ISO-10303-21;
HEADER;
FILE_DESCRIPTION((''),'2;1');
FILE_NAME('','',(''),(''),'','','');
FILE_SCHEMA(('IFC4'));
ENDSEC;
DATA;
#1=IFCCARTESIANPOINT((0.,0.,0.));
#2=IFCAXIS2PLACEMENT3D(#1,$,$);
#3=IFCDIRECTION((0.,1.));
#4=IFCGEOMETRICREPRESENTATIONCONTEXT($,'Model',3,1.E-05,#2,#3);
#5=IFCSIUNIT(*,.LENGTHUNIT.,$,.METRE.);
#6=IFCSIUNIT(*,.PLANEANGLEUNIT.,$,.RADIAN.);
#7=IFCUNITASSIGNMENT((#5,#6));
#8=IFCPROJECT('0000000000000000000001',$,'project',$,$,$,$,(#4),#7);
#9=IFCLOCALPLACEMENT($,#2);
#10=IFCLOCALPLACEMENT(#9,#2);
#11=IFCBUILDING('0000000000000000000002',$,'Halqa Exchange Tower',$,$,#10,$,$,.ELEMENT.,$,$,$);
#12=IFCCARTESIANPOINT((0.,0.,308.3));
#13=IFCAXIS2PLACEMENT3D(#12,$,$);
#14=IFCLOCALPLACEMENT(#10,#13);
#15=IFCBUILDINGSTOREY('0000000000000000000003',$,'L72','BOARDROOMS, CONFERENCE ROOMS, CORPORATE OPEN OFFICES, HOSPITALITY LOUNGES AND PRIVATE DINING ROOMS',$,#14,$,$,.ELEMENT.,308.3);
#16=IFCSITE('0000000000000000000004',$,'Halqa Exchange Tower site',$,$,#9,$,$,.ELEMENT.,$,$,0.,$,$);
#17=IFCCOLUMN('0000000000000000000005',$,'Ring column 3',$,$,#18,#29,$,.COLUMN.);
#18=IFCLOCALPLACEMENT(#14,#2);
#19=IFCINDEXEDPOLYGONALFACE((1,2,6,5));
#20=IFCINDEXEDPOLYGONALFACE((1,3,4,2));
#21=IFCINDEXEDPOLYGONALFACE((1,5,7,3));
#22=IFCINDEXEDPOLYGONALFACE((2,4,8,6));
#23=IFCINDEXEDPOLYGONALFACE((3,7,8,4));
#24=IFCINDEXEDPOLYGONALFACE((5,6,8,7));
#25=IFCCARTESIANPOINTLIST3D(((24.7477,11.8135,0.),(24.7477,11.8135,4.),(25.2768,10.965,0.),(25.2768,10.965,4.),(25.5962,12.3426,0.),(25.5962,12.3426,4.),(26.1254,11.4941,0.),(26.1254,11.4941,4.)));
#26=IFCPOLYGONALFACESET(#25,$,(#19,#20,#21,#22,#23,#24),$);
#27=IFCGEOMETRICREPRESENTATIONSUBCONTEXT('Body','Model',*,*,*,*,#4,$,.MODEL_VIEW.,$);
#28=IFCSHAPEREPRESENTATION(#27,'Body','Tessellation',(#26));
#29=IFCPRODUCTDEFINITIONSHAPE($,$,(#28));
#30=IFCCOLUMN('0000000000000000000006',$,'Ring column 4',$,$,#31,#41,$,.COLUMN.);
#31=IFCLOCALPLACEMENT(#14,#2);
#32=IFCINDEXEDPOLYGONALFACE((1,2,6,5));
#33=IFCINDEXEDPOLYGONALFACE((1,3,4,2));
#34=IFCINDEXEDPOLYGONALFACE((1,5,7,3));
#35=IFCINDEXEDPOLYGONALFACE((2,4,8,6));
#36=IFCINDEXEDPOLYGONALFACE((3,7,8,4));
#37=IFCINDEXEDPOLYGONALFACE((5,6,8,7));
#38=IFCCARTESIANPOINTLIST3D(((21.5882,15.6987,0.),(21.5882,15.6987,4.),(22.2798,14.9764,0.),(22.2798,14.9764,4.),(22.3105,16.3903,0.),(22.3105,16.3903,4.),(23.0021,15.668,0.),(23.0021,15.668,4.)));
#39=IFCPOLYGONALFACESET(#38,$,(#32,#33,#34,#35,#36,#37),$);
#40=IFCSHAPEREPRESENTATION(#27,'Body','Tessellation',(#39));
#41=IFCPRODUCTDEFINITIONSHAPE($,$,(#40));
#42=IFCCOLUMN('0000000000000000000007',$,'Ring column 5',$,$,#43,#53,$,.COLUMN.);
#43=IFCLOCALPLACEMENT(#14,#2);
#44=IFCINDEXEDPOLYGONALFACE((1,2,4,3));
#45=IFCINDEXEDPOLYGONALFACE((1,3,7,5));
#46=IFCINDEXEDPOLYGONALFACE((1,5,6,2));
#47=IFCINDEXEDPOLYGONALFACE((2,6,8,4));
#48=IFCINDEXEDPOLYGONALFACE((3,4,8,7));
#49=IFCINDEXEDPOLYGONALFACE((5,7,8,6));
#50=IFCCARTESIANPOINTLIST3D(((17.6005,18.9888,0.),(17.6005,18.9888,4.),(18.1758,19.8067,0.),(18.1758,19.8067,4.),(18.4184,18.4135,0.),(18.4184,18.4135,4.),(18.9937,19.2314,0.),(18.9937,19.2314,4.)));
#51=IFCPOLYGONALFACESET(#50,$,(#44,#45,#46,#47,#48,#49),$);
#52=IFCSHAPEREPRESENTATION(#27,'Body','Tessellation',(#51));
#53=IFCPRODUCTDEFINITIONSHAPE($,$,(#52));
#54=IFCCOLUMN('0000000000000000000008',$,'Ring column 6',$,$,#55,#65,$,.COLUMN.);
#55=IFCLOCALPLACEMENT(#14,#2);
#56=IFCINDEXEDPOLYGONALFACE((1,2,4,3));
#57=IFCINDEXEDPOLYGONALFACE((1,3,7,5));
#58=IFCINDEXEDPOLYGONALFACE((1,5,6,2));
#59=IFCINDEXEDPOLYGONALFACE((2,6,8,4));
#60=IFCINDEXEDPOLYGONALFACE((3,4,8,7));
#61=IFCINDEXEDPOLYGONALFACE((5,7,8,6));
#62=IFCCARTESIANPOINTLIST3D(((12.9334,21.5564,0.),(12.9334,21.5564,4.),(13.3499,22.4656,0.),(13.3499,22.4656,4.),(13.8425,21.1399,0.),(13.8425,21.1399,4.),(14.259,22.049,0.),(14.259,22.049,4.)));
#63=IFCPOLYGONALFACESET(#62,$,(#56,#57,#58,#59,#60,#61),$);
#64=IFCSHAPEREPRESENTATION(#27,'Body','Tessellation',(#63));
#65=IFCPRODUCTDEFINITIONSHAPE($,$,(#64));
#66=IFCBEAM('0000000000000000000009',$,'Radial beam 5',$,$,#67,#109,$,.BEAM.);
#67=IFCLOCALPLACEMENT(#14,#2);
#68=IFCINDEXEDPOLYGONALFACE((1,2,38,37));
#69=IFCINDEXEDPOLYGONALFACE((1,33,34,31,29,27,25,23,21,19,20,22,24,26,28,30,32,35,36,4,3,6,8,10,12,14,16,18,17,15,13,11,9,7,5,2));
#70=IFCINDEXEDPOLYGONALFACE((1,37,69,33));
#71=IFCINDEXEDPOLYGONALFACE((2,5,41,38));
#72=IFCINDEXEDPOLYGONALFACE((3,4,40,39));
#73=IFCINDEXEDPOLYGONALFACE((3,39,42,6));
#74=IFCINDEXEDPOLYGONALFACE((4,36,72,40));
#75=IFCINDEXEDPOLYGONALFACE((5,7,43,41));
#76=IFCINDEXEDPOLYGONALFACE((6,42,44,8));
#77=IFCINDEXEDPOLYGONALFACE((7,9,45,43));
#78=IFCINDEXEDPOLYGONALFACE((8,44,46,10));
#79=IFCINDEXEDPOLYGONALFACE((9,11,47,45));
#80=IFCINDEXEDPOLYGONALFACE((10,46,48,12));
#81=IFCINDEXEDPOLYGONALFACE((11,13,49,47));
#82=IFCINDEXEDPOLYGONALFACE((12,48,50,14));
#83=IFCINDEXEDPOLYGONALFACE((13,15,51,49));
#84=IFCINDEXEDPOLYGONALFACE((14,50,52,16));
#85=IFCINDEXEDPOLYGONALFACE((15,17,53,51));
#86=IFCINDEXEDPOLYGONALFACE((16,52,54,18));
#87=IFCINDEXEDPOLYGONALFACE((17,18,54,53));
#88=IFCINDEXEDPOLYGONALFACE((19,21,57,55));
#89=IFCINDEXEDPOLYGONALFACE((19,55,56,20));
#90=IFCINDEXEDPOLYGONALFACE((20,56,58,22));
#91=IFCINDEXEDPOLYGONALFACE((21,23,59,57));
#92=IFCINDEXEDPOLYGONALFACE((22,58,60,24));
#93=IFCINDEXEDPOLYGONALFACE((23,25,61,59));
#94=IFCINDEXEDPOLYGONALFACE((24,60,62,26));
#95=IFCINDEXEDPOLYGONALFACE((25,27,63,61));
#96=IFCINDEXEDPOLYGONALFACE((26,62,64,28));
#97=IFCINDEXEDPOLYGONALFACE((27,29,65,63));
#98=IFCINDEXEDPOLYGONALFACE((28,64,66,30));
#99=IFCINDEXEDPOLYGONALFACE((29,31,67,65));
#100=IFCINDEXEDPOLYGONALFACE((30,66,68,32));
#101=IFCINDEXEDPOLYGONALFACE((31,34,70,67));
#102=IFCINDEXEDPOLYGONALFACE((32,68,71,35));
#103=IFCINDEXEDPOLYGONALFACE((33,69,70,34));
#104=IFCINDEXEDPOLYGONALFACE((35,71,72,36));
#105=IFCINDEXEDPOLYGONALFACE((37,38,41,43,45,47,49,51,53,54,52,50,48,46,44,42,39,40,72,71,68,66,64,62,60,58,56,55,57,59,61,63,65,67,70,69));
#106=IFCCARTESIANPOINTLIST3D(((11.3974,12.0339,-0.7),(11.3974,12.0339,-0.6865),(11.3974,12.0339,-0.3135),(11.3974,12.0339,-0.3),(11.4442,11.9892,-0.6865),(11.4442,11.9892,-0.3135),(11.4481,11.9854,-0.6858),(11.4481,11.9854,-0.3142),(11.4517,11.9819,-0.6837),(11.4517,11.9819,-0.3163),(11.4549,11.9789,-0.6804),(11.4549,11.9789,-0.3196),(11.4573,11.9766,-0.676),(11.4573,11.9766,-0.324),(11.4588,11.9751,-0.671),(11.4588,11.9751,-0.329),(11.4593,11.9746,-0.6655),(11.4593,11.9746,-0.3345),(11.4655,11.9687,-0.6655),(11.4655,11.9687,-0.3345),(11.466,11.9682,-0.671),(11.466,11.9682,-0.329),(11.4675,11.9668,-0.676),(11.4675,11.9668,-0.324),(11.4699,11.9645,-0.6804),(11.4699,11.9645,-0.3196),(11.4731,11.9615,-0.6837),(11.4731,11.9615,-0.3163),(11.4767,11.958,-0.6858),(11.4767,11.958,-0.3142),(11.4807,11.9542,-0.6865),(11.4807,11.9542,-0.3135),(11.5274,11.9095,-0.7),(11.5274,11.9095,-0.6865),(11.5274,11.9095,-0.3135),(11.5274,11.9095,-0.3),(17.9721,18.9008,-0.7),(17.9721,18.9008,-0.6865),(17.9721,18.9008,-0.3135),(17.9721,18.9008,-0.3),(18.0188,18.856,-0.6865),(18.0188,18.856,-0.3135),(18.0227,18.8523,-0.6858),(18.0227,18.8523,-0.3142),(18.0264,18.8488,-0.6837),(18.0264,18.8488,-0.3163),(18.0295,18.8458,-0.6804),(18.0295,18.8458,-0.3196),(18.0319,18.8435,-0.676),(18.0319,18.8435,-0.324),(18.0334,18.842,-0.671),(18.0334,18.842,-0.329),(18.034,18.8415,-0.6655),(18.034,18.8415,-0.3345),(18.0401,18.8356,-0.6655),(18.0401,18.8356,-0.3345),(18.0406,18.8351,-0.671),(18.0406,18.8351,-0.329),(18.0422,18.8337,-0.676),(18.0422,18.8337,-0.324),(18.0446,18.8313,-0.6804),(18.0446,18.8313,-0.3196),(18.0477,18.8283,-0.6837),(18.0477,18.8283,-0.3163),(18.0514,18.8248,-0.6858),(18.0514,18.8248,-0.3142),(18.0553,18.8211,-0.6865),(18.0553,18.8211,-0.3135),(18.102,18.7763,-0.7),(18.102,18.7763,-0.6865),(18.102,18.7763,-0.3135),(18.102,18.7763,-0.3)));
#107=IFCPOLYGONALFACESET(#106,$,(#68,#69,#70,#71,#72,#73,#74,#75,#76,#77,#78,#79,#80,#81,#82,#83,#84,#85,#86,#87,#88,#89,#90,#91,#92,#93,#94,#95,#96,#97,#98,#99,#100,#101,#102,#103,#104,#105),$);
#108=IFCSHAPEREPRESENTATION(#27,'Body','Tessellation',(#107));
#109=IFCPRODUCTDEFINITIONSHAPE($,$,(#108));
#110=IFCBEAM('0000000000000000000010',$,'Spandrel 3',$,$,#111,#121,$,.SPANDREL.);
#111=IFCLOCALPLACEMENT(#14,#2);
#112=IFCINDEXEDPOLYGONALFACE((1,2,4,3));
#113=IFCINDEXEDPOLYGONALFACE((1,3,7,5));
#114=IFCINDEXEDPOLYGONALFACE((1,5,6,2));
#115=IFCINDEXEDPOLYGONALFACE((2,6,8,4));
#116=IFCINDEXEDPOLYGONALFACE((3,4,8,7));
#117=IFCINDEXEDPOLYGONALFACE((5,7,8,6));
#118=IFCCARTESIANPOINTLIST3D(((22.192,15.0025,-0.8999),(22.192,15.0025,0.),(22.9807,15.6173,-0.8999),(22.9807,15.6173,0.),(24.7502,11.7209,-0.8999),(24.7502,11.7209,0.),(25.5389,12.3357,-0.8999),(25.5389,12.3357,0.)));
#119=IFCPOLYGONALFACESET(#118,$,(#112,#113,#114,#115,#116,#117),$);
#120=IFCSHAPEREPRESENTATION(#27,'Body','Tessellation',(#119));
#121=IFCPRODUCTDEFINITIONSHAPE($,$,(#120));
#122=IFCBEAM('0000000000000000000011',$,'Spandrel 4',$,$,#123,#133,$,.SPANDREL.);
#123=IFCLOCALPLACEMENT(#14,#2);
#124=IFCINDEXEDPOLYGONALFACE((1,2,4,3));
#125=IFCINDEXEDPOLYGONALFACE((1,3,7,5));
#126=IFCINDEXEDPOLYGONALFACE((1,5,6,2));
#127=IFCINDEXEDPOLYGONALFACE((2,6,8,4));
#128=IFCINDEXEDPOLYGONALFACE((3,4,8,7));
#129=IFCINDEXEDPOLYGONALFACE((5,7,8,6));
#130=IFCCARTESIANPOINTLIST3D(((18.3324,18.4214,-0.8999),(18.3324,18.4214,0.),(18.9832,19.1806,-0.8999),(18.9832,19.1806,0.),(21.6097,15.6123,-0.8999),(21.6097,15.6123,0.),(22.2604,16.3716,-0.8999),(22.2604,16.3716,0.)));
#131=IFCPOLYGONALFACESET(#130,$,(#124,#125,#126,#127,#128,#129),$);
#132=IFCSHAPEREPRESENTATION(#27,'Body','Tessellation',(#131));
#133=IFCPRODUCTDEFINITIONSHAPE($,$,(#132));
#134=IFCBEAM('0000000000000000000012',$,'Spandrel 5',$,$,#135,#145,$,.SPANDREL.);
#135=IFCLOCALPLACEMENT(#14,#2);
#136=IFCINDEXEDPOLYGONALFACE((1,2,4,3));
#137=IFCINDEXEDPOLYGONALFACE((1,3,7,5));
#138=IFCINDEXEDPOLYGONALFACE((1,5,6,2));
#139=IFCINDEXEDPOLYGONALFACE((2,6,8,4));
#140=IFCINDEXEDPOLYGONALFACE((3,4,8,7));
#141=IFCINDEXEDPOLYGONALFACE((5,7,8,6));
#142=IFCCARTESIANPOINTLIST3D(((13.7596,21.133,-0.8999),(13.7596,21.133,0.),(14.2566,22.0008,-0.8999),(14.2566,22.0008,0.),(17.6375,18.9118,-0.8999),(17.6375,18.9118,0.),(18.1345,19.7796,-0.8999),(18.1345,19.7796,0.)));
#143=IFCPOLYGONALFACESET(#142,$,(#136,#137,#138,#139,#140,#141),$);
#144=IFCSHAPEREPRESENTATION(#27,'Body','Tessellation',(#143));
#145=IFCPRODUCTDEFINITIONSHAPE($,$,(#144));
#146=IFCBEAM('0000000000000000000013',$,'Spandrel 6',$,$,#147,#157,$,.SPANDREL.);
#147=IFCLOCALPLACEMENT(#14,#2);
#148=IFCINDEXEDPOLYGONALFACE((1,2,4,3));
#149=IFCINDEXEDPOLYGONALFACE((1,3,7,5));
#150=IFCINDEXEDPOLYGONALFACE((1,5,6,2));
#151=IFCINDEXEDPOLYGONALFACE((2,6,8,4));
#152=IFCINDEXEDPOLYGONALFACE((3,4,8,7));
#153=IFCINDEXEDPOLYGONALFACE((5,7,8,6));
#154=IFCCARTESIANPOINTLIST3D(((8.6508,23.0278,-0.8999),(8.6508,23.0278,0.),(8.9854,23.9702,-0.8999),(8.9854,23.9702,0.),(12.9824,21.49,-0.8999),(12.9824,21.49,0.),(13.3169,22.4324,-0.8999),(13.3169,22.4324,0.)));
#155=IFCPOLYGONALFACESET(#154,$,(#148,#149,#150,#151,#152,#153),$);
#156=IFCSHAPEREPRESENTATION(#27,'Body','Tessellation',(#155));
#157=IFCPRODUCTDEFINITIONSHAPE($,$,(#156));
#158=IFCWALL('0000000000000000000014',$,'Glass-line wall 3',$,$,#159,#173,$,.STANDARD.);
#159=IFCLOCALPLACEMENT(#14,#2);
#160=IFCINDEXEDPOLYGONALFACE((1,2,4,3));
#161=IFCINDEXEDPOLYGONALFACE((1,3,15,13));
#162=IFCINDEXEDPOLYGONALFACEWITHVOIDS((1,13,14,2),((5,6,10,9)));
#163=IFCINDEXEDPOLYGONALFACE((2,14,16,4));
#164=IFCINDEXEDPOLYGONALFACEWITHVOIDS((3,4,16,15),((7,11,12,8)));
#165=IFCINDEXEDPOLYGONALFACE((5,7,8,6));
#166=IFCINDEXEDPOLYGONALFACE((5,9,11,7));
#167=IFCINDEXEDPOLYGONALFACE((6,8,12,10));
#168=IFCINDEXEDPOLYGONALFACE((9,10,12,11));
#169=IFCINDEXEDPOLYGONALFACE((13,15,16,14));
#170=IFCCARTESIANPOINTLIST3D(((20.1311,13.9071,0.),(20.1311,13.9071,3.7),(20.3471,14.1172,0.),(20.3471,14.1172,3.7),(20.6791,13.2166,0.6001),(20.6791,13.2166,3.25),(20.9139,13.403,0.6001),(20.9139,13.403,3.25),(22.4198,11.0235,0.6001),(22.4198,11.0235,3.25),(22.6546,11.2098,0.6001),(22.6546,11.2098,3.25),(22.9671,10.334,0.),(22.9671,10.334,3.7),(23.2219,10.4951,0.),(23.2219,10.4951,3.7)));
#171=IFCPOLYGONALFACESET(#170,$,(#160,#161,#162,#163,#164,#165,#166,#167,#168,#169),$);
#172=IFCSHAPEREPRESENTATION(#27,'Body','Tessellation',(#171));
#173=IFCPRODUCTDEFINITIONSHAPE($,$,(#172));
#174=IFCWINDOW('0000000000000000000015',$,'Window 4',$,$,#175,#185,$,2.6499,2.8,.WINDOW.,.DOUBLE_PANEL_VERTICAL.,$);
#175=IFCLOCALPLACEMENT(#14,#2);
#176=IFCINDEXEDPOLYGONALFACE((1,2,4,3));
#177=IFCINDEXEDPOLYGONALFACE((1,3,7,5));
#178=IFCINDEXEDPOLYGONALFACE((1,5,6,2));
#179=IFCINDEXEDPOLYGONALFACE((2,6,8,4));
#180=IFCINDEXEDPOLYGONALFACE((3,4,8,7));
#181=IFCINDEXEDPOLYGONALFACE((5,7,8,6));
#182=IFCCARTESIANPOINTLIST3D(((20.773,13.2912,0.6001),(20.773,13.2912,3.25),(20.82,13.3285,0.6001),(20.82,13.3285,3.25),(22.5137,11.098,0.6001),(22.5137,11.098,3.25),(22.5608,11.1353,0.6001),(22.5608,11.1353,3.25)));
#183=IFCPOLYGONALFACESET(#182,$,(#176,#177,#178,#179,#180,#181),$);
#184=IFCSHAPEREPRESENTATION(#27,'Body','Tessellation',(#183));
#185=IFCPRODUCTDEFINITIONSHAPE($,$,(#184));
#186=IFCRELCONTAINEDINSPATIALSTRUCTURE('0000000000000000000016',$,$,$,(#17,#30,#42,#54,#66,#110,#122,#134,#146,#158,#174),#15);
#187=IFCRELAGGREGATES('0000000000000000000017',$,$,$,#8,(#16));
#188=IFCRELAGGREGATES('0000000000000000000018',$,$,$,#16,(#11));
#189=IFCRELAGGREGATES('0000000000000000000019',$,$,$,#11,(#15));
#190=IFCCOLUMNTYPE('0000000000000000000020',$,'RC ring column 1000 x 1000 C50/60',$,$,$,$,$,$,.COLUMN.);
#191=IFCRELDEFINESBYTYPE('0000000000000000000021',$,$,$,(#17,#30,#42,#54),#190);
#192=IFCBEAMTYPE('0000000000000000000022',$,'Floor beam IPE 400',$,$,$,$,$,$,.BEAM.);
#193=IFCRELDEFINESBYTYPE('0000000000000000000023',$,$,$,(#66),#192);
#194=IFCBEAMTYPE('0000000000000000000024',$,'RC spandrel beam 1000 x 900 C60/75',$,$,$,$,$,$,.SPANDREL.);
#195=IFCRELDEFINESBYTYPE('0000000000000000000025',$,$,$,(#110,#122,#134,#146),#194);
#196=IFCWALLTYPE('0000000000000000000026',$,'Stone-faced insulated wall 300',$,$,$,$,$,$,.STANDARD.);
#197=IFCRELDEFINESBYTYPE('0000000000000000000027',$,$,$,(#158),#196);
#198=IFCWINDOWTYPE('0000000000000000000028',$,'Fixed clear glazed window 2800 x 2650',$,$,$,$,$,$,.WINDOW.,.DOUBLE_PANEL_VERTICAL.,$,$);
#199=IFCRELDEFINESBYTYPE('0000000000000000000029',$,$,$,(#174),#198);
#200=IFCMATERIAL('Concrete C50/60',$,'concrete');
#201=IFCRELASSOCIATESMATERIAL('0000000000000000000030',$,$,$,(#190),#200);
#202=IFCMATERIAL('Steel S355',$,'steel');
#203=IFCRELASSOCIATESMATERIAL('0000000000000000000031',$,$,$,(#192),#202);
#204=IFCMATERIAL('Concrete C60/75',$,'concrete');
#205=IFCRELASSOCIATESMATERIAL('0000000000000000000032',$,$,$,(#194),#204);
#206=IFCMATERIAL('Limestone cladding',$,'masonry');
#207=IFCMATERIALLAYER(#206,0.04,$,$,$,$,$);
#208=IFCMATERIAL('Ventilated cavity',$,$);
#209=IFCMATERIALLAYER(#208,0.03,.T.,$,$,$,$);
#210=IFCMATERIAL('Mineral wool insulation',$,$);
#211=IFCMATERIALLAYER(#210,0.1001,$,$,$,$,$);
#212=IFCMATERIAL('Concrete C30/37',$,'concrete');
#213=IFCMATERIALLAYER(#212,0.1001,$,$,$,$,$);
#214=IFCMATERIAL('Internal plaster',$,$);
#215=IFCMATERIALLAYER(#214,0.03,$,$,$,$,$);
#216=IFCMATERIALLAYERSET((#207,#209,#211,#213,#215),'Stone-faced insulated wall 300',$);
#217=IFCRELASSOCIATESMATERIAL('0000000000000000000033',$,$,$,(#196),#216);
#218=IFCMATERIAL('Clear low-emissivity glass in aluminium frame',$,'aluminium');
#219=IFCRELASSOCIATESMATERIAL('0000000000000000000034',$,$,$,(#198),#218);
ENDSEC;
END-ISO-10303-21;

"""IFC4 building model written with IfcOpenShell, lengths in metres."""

from ifc_helpers import new_model, si_unit, direction, frame, frame_2d, origin, origin_2d, place, context, subcontext, project, spatial, polyline, rectangle, i_section, outline, extrude, material, layer, layer_set, material_profile, profile_set, type_object, element, fill, save


model = new_model("IFC4")

# Units and contexts
model_context = context("Model", 3, precision=1e-05, world=origin(), true_north=direction((0.0, 1.0)))
body_context = subcontext(model_context, "Body", "Model", "MODEL_VIEW")
ifc_project = project(units=[si_unit("LENGTHUNIT", "METRE"), si_unit("PLANEANGLEUNIT", "RADIAN")], contexts=[model_context])

# Site, building, storey
site_placement = place(None, origin())
site = spatial("IfcSite", under=ifc_project, at=site_placement, Name="Halqa Exchange Tower site", CompositionType="ELEMENT", RefElevation=0.0)
building_placement = place(site_placement, origin())
building = spatial("IfcBuilding", under=site, at=building_placement, Name="Halqa Exchange Tower", CompositionType="ELEMENT")
storey_placement = place(building_placement, frame((0.0, 0.0, 308.3)))
storey = spatial("IfcBuildingStorey", under=building, at=storey_placement, Name="L72", Description="BOARDROOMS, CONFERENCE ROOMS, CORPORATE OPEN OFFICES, HOSPITALITY LOUNGES AND PRIVATE DINING ROOMS", CompositionType="ELEMENT", Elevation=308.3)

# Columns
ifc_material_1 = material(Name="Concrete C50/60", Category="concrete")
ifc_material_profile_1 = material_profile(ifc_material_1, rectangle(XDim=1.0, YDim=1.0, at=origin_2d()), Name="1000 x 1000")
ifc_profile_set_1 = profile_set([ifc_material_profile_1], Name="Concrete C50/60")
column_type = type_object("IfcColumnType", Name="RC ring column 1000 x 1000 C50/60", PredefinedType="COLUMN", material=ifc_profile_set_1)
for number, where, z_axis, x_axis, name in (
    (1, (25.4365, 11.6538, 0.0), (0.0, 0.0, 1.0), (-0.529151, 0.848528, 0.0), "Ring column 3"),
    (2, (22.2952, 15.6833, 0.0), (0.0, 0.0, 1.0), (-0.691581, 0.722299, 0.0), "Ring column 4"),
    (3, (18.2971, 19.1101, 0.0), (0.0, 0.0, 1.0), (-0.817904, 0.575355, 0.0), "Ring column 5"),
    (4, (13.5962, 21.8027, 0.0), (0.0, 0.0, 1.0), (-0.909126, 0.41652, 0.0), "Ring column 6"),
):
    element("IfcColumn", number, at=place(storey_placement, frame(where, z_axis=z_axis, x_axis=x_axis)), inside=storey, type_object=column_type, Name=name, PredefinedType="COLUMN", context=body_context, shape_type="SweptSolid", body=[
        extrude(rectangle(XDim=1.0, YDim=1.0, at=origin_2d()), origin(), (0.0, 0.0, 1.0), 4.0),
    ])

# Beams
ifc_material_2 = material(Name="Steel S355", Category="steel")
ifc_material_profile_2 = material_profile(ifc_material_2, i_section(OverallWidth=0.1799, OverallDepth=0.3999, WebThickness=0.0085, FlangeThickness=0.0134, FilletRadius=0.021, at=origin_2d()), Name="IPE 400")
ifc_profile_set_2 = profile_set([ifc_material_profile_2], Name="Steel S355")
beam_type_1 = type_object("IfcBeamType", Name="Floor beam IPE 400", PredefinedType="BEAM", material=ifc_profile_set_2)
beam_1_placement = place(storey_placement, frame((11.4624, 11.9717, -0.5), z_axis=(0.69157, 0.722309, 0.0), x_axis=(-0.722309, 0.69157, 0.0)))
element("IfcBeam", 5, at=beam_1_placement, inside=storey, type_object=beam_type_1, Name="Radial beam 5", PredefinedType="BEAM", context=body_context, shape_type="SweptSolid", body=[
    extrude(i_section(OverallWidth=0.1799, OverallDepth=0.3999, WebThickness=0.0085, FlangeThickness=0.0134, FilletRadius=0.021, at=origin_2d()), origin(), (0.0, 0.0, 1.0), 9.5068),
])
ifc_material_3 = material(Name="Concrete C60/75", Category="concrete")
ifc_material_profile_3 = material_profile(ifc_material_3, rectangle(XDim=1.0, YDim=0.8999, at=origin_2d()), Name="1000 x 900")
ifc_profile_set_3 = profile_set([ifc_material_profile_3], Name="Concrete C60/75")
beam_type_2 = type_object("IfcBeamType", Name="RC spandrel beam 1000 x 900 C60/75", PredefinedType="SPANDREL", material=ifc_profile_set_3)
beam_2_placement = place(storey_placement, frame((25.1445, 12.0283, -0.45), z_axis=(-0.614814, 0.788672, 0.0), x_axis=(-0.788672, -0.614814, 0.0)))
element("IfcBeam", 6, at=beam_2_placement, inside=storey, type_object=beam_type_2, Name="Spandrel 3", PredefinedType="SPANDREL", context=body_context, shape_type="SweptSolid", body=[
    extrude(rectangle(XDim=1.0, YDim=0.8999, at=origin_2d()), origin(), (0.0, 0.0, 1.0), 4.1609),
])
beam_3_placement = place(storey_placement, frame((21.9351, 15.9919, -0.45), z_axis=(-0.759265, 0.650782, 0.0), x_axis=(-0.650782, -0.759265, 0.0)))
element("IfcBeam", 7, at=beam_3_placement, inside=storey, type_object=beam_type_2, Name="Spandrel 4", PredefinedType="SPANDREL", context=body_context, shape_type="SweptSolid", body=[
    extrude(rectangle(XDim=1.0, YDim=0.8999, at=origin_2d()), origin(), (0.0, 0.0, 1.0), 4.3164),
])
beam_4_placement = place(storey_placement, frame((17.886, 19.3457, -0.45), z_axis=(-0.867738, 0.497021, 0.0), x_axis=(-0.497021, -0.867738, 0.0)))
element("IfcBeam", 8, at=beam_4_placement, inside=storey, type_object=beam_type_2, Name="Spandrel 5", PredefinedType="SPANDREL", context=body_context, shape_type="SweptSolid", body=[
    extrude(rectangle(XDim=1.0, YDim=0.8999, at=origin_2d()), origin(), (0.0, 0.0, 1.0), 4.469),
])
beam_5_placement = place(storey_placement, frame((13.1497, 21.9612, -0.45), z_axis=(-0.94237, 0.334573, 0.0), x_axis=(-0.334573, -0.94237, 0.0)))
element("IfcBeam", 9, at=beam_5_placement, inside=storey, type_object=beam_type_2, Name="Spandrel 6", PredefinedType="SPANDREL", context=body_context, shape_type="SweptSolid", body=[
    extrude(rectangle(XDim=1.0, YDim=0.8999, at=origin_2d()), origin(), (0.0, 0.0, 1.0), 4.5964),
])

# Wall, opening, window
ifc_material_4 = material(Name="Limestone cladding", Category="masonry")
ifc_layer_1 = layer(ifc_material_4, 0.04)
ifc_material_5 = material(Name="Ventilated cavity")
ifc_layer_2 = layer(ifc_material_5, 0.03, ventilated=True)
ifc_material_6 = material(Name="Mineral wool insulation")
ifc_layer_3 = layer(ifc_material_6, 0.1001)
ifc_material_7 = material(Name="Concrete C30/37", Category="concrete")
ifc_layer_4 = layer(ifc_material_7, 0.1001)
ifc_material_8 = material(Name="Internal plaster")
ifc_layer_5 = layer(ifc_material_8, 0.03)
ifc_layer_set = layer_set([ifc_layer_1, ifc_layer_2, ifc_layer_3, ifc_layer_4, ifc_layer_5], Name="Stone-faced insulated wall 300")
wall_type = type_object("IfcWallType", Name="Stone-faced insulated wall 300", PredefinedType="STANDARD", material=ifc_layer_set)
wall_1_placement = place(storey_placement, frame((23.0945, 10.4146, 0.0), z_axis=(0.0, 0.0, 1.0), x_axis=(-0.621683, 0.783269, 0.0)))
wall_1 = element("IfcWall", 10, at=wall_1_placement, inside=storey, type_object=wall_type, Name="Glass-line wall 3", PredefinedType="STANDARD", context=body_context, shape_type="SweptSolid", body=[
    extrude(outline(polyline([(-0.0161, -0.1499), (4.6082, -0.1499), (4.5779, 0.1499), (0.0161, 0.1499), (-0.0161, -0.1499)])), origin(), (0.0, 0.0, 1.0), 3.7),
])
opening_1_placement = place(wall_1_placement, frame((0.8965, 0.0, 0.6001)))
opening_1 = element("IfcOpeningElement", 11, at=opening_1_placement, cuts=wall_1, PredefinedType="OPENING", context=body_context, shape_type="SweptSolid", body=[
    extrude(rectangle(XDim=2.8, YDim=2.6499, at=frame_2d((1.3999, 1.325))), frame((0.0, 0.1621, 0.0), z_axis=(0.0, -1.0, 0.0), x_axis=(1.0, 0.0, 0.0)), (0.0, 0.0, 1.0), 0.324),
])
ifc_material_9 = material(Name="Clear low-emissivity glass in aluminium frame", Category="aluminium")
window_type = type_object("IfcWindowType", Name="Fixed clear glazed window 2800 x 2650", PartitioningType="DOUBLE_PANEL_VERTICAL", PredefinedType="WINDOW", material=ifc_material_9)
window_1_placement = place(opening_1_placement, origin())
window_1 = element("IfcWindow", 12, at=window_1_placement, inside=storey, type_object=window_type, Name="Window 4", OverallHeight=2.6499, OverallWidth=2.8, PartitioningType="DOUBLE_PANEL_VERTICAL", PredefinedType="WINDOW", context=body_context, shape_type="SweptSolid", body=[
    extrude(rectangle(XDim=2.8, YDim=2.6499, at=frame_2d((1.3999, 1.325))), frame((0.0, 0.03, 0.0), z_axis=(0.0, -1.0, 0.0), x_axis=(1.0, 0.0, 0.0)), (0.0, 0.0, 1.0), 0.0601),
])
fill(opening_1, window_1)

save(model, "model.ifc")
